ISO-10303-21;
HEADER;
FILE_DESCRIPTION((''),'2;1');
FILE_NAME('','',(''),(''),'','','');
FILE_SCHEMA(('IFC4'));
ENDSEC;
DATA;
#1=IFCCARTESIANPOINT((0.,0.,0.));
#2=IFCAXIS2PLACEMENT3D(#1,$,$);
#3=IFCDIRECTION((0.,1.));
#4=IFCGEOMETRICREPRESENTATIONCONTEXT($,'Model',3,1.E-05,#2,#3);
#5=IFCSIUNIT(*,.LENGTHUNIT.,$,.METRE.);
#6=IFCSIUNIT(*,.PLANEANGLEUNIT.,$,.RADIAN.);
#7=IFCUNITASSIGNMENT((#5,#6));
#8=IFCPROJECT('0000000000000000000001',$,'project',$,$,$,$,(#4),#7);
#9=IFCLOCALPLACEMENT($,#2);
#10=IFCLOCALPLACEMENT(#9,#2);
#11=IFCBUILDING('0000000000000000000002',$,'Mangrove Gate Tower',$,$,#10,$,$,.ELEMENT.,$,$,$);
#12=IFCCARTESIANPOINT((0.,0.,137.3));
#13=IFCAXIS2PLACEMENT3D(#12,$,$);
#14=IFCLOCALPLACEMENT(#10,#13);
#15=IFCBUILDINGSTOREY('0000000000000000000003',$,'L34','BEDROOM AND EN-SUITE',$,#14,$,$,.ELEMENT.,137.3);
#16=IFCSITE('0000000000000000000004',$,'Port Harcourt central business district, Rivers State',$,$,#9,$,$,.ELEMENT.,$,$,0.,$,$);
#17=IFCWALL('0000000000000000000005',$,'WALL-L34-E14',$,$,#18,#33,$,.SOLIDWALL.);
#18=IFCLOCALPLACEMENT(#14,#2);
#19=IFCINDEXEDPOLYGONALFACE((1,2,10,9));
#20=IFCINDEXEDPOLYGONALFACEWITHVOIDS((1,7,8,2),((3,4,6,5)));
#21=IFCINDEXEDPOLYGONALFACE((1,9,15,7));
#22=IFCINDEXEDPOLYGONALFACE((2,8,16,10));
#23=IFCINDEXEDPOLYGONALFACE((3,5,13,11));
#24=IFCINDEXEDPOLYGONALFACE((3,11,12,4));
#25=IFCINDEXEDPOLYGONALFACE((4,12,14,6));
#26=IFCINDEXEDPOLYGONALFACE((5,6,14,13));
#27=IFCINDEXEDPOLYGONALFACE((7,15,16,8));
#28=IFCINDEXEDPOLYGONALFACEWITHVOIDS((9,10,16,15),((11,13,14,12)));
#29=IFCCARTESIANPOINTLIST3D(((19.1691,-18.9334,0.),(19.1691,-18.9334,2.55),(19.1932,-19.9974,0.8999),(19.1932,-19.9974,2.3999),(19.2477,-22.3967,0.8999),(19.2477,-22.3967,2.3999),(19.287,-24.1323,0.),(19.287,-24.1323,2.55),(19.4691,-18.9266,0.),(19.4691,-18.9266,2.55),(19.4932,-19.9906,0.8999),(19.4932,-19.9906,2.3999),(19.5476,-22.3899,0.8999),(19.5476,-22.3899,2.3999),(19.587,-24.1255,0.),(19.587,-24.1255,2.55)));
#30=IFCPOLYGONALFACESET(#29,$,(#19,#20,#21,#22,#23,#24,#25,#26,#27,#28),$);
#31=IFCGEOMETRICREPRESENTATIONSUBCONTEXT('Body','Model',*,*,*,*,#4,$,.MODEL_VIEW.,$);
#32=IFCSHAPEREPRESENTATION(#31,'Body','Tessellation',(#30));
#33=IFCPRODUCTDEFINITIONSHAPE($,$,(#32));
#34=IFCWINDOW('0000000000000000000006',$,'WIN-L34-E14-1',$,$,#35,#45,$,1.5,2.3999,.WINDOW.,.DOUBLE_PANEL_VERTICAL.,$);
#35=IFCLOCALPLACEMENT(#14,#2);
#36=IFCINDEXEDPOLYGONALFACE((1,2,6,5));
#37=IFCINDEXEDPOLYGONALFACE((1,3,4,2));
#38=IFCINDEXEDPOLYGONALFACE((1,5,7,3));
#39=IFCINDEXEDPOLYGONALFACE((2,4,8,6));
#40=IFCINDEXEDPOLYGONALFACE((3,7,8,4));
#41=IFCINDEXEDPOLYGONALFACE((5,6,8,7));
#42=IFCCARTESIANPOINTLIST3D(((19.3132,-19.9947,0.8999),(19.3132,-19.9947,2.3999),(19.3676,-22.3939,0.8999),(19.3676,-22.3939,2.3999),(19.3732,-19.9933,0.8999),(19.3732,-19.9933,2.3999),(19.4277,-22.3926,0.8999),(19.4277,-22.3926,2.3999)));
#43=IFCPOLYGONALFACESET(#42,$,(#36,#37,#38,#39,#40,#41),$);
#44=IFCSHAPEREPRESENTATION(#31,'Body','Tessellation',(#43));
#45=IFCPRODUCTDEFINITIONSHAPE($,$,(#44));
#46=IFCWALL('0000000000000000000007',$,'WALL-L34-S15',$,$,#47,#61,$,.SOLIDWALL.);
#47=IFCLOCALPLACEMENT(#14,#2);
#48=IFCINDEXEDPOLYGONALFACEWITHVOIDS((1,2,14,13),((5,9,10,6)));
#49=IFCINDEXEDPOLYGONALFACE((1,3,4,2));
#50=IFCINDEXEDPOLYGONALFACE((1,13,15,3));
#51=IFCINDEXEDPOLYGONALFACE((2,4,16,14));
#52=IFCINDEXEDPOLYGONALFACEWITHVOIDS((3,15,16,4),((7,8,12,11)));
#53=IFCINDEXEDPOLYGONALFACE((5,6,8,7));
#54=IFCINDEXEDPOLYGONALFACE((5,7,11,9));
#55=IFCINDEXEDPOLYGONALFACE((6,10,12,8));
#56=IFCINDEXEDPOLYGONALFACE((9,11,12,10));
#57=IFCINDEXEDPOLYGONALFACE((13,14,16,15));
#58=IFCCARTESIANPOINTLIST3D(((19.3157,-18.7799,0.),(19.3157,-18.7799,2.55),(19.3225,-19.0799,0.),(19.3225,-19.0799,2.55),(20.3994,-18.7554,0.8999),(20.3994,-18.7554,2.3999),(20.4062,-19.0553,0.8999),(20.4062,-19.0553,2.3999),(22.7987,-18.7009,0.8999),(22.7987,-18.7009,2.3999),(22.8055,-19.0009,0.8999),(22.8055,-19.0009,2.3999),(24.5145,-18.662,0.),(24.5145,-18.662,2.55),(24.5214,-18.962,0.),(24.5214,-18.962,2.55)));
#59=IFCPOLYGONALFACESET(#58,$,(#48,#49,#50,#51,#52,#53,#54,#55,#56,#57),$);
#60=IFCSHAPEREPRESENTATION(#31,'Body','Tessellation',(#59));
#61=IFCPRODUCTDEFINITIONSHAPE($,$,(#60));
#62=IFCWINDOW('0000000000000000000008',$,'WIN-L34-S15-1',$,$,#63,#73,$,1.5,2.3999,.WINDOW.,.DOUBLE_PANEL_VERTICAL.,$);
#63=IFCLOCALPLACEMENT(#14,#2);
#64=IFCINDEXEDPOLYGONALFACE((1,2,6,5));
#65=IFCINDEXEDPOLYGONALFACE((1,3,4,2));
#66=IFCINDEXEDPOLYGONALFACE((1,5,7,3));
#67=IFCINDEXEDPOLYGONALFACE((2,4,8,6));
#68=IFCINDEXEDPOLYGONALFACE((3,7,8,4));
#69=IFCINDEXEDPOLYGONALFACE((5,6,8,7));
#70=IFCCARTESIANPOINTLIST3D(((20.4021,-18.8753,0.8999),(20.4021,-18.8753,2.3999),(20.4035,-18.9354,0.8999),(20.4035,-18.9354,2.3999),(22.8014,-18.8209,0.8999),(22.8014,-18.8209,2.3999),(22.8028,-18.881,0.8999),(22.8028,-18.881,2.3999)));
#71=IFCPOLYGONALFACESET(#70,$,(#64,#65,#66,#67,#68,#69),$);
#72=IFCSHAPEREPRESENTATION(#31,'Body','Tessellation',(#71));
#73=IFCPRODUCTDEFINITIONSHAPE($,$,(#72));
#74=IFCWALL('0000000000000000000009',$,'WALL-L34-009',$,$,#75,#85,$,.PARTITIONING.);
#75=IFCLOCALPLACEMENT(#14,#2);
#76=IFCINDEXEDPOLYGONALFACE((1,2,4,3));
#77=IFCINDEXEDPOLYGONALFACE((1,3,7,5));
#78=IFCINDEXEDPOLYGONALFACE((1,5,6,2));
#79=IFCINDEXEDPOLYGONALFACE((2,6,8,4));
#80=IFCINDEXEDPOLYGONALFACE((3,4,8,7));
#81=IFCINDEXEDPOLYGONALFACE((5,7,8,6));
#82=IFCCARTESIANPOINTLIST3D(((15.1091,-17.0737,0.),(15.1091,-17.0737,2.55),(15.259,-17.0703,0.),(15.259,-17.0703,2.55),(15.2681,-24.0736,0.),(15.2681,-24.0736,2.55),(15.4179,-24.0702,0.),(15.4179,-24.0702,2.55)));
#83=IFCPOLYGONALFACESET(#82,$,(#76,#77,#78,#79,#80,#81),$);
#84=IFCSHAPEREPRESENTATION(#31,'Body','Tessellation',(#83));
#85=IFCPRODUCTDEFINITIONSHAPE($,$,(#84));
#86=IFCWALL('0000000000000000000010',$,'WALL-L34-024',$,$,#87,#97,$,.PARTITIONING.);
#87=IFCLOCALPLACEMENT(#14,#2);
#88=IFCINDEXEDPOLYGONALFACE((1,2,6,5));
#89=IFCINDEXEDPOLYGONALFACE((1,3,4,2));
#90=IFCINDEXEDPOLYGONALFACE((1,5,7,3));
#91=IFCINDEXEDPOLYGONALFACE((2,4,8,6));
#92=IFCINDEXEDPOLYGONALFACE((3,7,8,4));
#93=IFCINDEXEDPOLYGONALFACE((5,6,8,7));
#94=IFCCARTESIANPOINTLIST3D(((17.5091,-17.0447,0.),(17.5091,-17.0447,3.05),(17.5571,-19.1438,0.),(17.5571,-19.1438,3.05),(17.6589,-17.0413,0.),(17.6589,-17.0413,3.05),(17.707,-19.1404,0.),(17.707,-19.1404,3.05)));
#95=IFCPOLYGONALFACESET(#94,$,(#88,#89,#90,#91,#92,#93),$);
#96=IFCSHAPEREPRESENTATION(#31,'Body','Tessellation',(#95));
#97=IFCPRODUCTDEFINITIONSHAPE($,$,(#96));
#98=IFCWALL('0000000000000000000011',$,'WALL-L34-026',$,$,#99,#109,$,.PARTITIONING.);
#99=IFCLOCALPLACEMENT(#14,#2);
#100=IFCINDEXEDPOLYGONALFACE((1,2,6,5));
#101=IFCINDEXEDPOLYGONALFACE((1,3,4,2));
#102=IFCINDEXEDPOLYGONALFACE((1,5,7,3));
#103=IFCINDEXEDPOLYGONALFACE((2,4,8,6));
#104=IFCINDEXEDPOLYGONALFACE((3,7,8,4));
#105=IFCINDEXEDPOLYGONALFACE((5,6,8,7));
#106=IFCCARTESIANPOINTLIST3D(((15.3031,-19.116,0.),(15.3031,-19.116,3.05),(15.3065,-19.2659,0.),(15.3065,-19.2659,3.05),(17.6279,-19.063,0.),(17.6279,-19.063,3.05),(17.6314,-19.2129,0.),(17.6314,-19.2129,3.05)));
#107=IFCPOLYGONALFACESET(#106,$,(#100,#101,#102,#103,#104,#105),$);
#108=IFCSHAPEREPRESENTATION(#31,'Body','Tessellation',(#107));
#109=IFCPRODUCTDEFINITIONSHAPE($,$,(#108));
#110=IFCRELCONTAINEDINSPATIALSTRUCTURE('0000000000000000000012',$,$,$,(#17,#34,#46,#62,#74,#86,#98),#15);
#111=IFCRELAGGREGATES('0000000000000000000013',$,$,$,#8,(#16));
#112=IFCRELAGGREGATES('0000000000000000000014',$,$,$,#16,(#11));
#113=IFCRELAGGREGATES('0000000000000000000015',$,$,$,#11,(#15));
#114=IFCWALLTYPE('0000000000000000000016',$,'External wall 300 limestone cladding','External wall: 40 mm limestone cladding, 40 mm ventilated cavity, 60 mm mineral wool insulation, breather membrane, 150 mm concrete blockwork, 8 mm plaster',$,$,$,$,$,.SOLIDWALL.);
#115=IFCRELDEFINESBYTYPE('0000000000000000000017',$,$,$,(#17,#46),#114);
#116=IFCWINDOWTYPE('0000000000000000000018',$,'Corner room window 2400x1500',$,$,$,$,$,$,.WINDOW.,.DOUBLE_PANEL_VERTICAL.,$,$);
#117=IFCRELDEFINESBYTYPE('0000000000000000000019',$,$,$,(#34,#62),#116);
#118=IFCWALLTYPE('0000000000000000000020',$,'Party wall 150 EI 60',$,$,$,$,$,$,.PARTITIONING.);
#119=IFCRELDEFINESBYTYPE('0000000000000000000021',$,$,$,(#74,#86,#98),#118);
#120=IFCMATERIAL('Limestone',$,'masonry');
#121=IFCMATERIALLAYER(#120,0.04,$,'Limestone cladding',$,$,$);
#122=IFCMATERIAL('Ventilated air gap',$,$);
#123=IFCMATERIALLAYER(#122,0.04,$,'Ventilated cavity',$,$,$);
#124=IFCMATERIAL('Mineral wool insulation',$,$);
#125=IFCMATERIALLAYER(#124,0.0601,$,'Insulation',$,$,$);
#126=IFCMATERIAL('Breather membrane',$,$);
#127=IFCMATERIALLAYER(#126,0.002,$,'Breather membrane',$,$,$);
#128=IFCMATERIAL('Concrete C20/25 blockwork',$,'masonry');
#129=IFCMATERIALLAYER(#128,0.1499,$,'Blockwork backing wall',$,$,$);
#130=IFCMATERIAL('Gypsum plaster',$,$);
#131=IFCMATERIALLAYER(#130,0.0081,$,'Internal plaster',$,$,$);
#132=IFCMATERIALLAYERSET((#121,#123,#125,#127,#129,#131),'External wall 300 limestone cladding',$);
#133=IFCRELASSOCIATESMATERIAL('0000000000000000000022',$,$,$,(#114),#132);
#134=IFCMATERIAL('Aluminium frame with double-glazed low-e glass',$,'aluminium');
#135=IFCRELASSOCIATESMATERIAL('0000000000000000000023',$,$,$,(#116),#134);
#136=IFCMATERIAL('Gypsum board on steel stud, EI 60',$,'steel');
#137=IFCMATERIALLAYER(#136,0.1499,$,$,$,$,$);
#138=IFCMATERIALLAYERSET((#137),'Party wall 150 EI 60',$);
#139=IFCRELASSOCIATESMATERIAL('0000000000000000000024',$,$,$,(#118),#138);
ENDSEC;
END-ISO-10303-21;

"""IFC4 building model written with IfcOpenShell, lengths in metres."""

from ifc_helpers import new_model, si_unit, direction, frame, frame_2d, origin, place, context, subcontext, project, spatial, rectangle, extrude, material, layer, layer_set, type_object, element, fill, save


model = new_model("IFC4")

# Units and contexts
model_context = context("Model", 3, precision=1e-05, world=origin(), true_north=direction((0.0, 1.0)))
body_context = subcontext(model_context, "Body", "Model", "MODEL_VIEW")
ifc_project = project(units=[si_unit("LENGTHUNIT", "METRE"), si_unit("PLANEANGLEUNIT", "RADIAN")], contexts=[model_context])

# Site, building, storey
site_placement = place(None, origin())
site = spatial("IfcSite", under=ifc_project, at=site_placement, Name="Port Harcourt central business district, Rivers State", CompositionType="ELEMENT", RefElevation=0.0)
building_placement = place(site_placement, origin())
building = spatial("IfcBuilding", under=site, at=building_placement, Name="Mangrove Gate Tower", CompositionType="ELEMENT")
storey_placement = place(building_placement, frame((0.0, 0.0, 137.3)))
storey = spatial("IfcBuildingStorey", under=building, at=storey_placement, Name="L34", Description="BEDROOM AND EN-SUITE", CompositionType="ELEMENT", Elevation=137.3)

# Shared definitions
ifc_material_1 = material(Name="Limestone", Category="masonry")
ifc_layer_1 = layer(ifc_material_1, 0.04, Name="Limestone cladding")
ifc_material_2 = material(Name="Ventilated air gap")
ifc_layer_2 = layer(ifc_material_2, 0.04, Name="Ventilated cavity")
ifc_material_3 = material(Name="Mineral wool insulation")
ifc_layer_3 = layer(ifc_material_3, 0.0601, Name="Insulation")
ifc_material_4 = material(Name="Breather membrane")
ifc_layer_4 = layer(ifc_material_4, 0.002, Name="Breather membrane")
ifc_material_5 = material(Name="Concrete C20/25 blockwork", Category="masonry")
ifc_layer_5 = layer(ifc_material_5, 0.1499, Name="Blockwork backing wall")
ifc_material_6 = material(Name="Gypsum plaster")
ifc_layer_6 = layer(ifc_material_6, 0.0081, Name="Internal plaster")
ifc_layer_set_1 = layer_set([ifc_layer_1, ifc_layer_2, ifc_layer_3, ifc_layer_4, ifc_layer_5, ifc_layer_6], Name="External wall 300 limestone cladding")
wall_type_1 = type_object("IfcWallType", Name="External wall 300 limestone cladding", Description="External wall: 40 mm limestone cladding, 40 mm ventilated cavity, 60 mm mineral wool insulation, breather membrane, 150 mm concrete blockwork, 8 mm plaster", PredefinedType="SOLIDWALL", material=ifc_layer_set_1)

# Walls, openings, windows
wall_1_placement = place(storey_placement, frame((19.437, -24.1289, 0.0), z_axis=(0.0, 0.0, 1.0), x_axis=(-0.022676, 0.999743, 0.0)))
wall_1 = element("IfcWall", 1, at=wall_1_placement, inside=storey, type_object=wall_type_1, Name="WALL-L34-E14", PredefinedType="SOLIDWALL", context=body_context, shape_type="SweptSolid", body=[
    extrude(rectangle(XDim=5.2002, YDim=0.3, at=frame_2d((2.6001, 0.0))), origin(), (0.0, 0.0, 1.0), 2.55),
])
opening_1_placement = place(wall_1_placement, frame((1.7361, 0.0, 0.8999)))
opening_1 = element("IfcOpeningElement", 2, at=opening_1_placement, cuts=wall_1, PredefinedType="OPENING", context=body_context, shape_type="SweptSolid", body=[
    extrude(rectangle(XDim=2.3999, YDim=1.5, at=frame_2d((1.2, 0.75))), frame((0.0, 0.1599, 0.0), z_axis=(0.0, -1.0, 0.0), x_axis=(1.0, 0.0, 0.0)), (0.0, 0.0, 1.0), 0.3201),
])
ifc_material_7 = material(Name="Aluminium frame with double-glazed low-e glass", Category="aluminium")
window_type_1 = type_object("IfcWindowType", Name="Corner room window 2400x1500", PartitioningType="DOUBLE_PANEL_VERTICAL", PredefinedType="WINDOW", material=ifc_material_7)
window_1_placement = place(opening_1_placement, origin())
window_1 = element("IfcWindow", 3, at=window_1_placement, inside=storey, type_object=window_type_1, Name="WIN-L34-E14-1", OverallHeight=1.5, OverallWidth=2.3999, PartitioningType="DOUBLE_PANEL_VERTICAL", PredefinedType="WINDOW", context=body_context, shape_type="SweptSolid", body=[
    extrude(rectangle(XDim=2.3999, YDim=1.5, at=frame_2d((1.2, 0.75))), frame((0.0, 0.03, 0.0), z_axis=(0.0, -1.0, 0.0), x_axis=(1.0, 0.0, 0.0)), (0.0, 0.0, 1.0), 0.0601),
])
fill(opening_1, window_1)
wall_2_placement = place(storey_placement, frame((19.3191, -18.9299, 0.0), z_axis=(0.0, 0.0, 1.0), x_axis=(0.999743, 0.022676, 0.0)))
wall_2 = element("IfcWall", 4, at=wall_2_placement, inside=storey, type_object=wall_type_1, Name="WALL-L34-S15", PredefinedType="SOLIDWALL", context=body_context, shape_type="SweptSolid", body=[
    extrude(rectangle(XDim=5.2002, YDim=0.3, at=frame_2d((2.6001, 0.0))), origin(), (0.0, 0.0, 1.0), 2.55),
])
opening_2_placement = place(wall_2_placement, frame((1.084, 0.0, 0.8999)))
opening_2 = element("IfcOpeningElement", 5, at=opening_2_placement, cuts=wall_2, PredefinedType="OPENING", context=body_context, shape_type="SweptSolid", body=[
    extrude(rectangle(XDim=2.3999, YDim=1.5, at=frame_2d((1.2, 0.75))), frame((0.0, 0.1599, 0.0), z_axis=(0.0, -1.0, 0.0), x_axis=(1.0, 0.0, 0.0)), (0.0, 0.0, 1.0), 0.3201),
])
window_2_placement = place(opening_2_placement, origin())
window_2 = element("IfcWindow", 6, at=window_2_placement, inside=storey, type_object=window_type_1, Name="WIN-L34-S15-1", OverallHeight=1.5, OverallWidth=2.3999, PartitioningType="DOUBLE_PANEL_VERTICAL", PredefinedType="WINDOW", context=body_context, shape_type="SweptSolid", body=[
    extrude(rectangle(XDim=2.3999, YDim=1.5, at=frame_2d((1.2, 0.75))), frame((0.0, 0.03, 0.0), z_axis=(0.0, -1.0, 0.0), x_axis=(1.0, 0.0, 0.0)), (0.0, 0.0, 1.0), 0.0601),
])
fill(opening_2, window_2)

# Walls
ifc_material_8 = material(Name="Gypsum board on steel stud, EI 60", Category="steel")
ifc_layer_7 = layer(ifc_material_8, 0.1499)
ifc_layer_set_2 = layer_set([ifc_layer_7], Name="Party wall 150 EI 60")
wall_type_2 = type_object("IfcWallType", Name="Party wall 150 EI 60", PredefinedType="PARTITIONING", material=ifc_layer_set_2)
wall_3_placement = place(storey_placement, frame((15.343, -24.072, 0.0), z_axis=(0.0, 0.0, 1.0), x_axis=(-0.022699, 0.999742, 0.0)))
element("IfcWall", 7, at=wall_3_placement, inside=storey, type_object=wall_type_2, Name="WALL-L34-009", PredefinedType="PARTITIONING", context=body_context, shape_type="SweptSolid", body=[
    extrude(rectangle(XDim=7.0017, YDim=0.1499, at=frame_2d((3.501, 0.0))), origin(), (0.0, 0.0, 1.0), 2.55),
])
wall_4_placement = place(storey_placement, frame((17.6321, -19.1421, 0.0), z_axis=(0.0, 0.0, 1.0), x_axis=(-0.022906, 0.999738, 0.0)))
element("IfcWall", 8, at=wall_4_placement, inside=storey, type_object=wall_type_2, Name="WALL-L34-024", PredefinedType="PARTITIONING", context=body_context, shape_type="SweptSolid", body=[
    extrude(rectangle(XDim=2.0996, YDim=0.1499, at=frame_2d((1.0498, 0.0))), origin(), (0.0, 0.0, 1.0), 3.05),
])
wall_5_placement = place(storey_placement, frame((15.3049, -19.1909, 0.0), z_axis=(0.0, 0.0, 1.0), x_axis=(0.99974, 0.022781, 0.0)))
element("IfcWall", 9, at=wall_5_placement, inside=storey, type_object=wall_type_2, Name="WALL-L34-026", PredefinedType="PARTITIONING", context=body_context, shape_type="SweptSolid", body=[
    extrude(rectangle(XDim=2.3254, YDim=0.1499, at=frame_2d((1.1626, 0.0))), origin(), (0.0, 0.0, 1.0), 3.05),
])

save(model, "model.ifc")
